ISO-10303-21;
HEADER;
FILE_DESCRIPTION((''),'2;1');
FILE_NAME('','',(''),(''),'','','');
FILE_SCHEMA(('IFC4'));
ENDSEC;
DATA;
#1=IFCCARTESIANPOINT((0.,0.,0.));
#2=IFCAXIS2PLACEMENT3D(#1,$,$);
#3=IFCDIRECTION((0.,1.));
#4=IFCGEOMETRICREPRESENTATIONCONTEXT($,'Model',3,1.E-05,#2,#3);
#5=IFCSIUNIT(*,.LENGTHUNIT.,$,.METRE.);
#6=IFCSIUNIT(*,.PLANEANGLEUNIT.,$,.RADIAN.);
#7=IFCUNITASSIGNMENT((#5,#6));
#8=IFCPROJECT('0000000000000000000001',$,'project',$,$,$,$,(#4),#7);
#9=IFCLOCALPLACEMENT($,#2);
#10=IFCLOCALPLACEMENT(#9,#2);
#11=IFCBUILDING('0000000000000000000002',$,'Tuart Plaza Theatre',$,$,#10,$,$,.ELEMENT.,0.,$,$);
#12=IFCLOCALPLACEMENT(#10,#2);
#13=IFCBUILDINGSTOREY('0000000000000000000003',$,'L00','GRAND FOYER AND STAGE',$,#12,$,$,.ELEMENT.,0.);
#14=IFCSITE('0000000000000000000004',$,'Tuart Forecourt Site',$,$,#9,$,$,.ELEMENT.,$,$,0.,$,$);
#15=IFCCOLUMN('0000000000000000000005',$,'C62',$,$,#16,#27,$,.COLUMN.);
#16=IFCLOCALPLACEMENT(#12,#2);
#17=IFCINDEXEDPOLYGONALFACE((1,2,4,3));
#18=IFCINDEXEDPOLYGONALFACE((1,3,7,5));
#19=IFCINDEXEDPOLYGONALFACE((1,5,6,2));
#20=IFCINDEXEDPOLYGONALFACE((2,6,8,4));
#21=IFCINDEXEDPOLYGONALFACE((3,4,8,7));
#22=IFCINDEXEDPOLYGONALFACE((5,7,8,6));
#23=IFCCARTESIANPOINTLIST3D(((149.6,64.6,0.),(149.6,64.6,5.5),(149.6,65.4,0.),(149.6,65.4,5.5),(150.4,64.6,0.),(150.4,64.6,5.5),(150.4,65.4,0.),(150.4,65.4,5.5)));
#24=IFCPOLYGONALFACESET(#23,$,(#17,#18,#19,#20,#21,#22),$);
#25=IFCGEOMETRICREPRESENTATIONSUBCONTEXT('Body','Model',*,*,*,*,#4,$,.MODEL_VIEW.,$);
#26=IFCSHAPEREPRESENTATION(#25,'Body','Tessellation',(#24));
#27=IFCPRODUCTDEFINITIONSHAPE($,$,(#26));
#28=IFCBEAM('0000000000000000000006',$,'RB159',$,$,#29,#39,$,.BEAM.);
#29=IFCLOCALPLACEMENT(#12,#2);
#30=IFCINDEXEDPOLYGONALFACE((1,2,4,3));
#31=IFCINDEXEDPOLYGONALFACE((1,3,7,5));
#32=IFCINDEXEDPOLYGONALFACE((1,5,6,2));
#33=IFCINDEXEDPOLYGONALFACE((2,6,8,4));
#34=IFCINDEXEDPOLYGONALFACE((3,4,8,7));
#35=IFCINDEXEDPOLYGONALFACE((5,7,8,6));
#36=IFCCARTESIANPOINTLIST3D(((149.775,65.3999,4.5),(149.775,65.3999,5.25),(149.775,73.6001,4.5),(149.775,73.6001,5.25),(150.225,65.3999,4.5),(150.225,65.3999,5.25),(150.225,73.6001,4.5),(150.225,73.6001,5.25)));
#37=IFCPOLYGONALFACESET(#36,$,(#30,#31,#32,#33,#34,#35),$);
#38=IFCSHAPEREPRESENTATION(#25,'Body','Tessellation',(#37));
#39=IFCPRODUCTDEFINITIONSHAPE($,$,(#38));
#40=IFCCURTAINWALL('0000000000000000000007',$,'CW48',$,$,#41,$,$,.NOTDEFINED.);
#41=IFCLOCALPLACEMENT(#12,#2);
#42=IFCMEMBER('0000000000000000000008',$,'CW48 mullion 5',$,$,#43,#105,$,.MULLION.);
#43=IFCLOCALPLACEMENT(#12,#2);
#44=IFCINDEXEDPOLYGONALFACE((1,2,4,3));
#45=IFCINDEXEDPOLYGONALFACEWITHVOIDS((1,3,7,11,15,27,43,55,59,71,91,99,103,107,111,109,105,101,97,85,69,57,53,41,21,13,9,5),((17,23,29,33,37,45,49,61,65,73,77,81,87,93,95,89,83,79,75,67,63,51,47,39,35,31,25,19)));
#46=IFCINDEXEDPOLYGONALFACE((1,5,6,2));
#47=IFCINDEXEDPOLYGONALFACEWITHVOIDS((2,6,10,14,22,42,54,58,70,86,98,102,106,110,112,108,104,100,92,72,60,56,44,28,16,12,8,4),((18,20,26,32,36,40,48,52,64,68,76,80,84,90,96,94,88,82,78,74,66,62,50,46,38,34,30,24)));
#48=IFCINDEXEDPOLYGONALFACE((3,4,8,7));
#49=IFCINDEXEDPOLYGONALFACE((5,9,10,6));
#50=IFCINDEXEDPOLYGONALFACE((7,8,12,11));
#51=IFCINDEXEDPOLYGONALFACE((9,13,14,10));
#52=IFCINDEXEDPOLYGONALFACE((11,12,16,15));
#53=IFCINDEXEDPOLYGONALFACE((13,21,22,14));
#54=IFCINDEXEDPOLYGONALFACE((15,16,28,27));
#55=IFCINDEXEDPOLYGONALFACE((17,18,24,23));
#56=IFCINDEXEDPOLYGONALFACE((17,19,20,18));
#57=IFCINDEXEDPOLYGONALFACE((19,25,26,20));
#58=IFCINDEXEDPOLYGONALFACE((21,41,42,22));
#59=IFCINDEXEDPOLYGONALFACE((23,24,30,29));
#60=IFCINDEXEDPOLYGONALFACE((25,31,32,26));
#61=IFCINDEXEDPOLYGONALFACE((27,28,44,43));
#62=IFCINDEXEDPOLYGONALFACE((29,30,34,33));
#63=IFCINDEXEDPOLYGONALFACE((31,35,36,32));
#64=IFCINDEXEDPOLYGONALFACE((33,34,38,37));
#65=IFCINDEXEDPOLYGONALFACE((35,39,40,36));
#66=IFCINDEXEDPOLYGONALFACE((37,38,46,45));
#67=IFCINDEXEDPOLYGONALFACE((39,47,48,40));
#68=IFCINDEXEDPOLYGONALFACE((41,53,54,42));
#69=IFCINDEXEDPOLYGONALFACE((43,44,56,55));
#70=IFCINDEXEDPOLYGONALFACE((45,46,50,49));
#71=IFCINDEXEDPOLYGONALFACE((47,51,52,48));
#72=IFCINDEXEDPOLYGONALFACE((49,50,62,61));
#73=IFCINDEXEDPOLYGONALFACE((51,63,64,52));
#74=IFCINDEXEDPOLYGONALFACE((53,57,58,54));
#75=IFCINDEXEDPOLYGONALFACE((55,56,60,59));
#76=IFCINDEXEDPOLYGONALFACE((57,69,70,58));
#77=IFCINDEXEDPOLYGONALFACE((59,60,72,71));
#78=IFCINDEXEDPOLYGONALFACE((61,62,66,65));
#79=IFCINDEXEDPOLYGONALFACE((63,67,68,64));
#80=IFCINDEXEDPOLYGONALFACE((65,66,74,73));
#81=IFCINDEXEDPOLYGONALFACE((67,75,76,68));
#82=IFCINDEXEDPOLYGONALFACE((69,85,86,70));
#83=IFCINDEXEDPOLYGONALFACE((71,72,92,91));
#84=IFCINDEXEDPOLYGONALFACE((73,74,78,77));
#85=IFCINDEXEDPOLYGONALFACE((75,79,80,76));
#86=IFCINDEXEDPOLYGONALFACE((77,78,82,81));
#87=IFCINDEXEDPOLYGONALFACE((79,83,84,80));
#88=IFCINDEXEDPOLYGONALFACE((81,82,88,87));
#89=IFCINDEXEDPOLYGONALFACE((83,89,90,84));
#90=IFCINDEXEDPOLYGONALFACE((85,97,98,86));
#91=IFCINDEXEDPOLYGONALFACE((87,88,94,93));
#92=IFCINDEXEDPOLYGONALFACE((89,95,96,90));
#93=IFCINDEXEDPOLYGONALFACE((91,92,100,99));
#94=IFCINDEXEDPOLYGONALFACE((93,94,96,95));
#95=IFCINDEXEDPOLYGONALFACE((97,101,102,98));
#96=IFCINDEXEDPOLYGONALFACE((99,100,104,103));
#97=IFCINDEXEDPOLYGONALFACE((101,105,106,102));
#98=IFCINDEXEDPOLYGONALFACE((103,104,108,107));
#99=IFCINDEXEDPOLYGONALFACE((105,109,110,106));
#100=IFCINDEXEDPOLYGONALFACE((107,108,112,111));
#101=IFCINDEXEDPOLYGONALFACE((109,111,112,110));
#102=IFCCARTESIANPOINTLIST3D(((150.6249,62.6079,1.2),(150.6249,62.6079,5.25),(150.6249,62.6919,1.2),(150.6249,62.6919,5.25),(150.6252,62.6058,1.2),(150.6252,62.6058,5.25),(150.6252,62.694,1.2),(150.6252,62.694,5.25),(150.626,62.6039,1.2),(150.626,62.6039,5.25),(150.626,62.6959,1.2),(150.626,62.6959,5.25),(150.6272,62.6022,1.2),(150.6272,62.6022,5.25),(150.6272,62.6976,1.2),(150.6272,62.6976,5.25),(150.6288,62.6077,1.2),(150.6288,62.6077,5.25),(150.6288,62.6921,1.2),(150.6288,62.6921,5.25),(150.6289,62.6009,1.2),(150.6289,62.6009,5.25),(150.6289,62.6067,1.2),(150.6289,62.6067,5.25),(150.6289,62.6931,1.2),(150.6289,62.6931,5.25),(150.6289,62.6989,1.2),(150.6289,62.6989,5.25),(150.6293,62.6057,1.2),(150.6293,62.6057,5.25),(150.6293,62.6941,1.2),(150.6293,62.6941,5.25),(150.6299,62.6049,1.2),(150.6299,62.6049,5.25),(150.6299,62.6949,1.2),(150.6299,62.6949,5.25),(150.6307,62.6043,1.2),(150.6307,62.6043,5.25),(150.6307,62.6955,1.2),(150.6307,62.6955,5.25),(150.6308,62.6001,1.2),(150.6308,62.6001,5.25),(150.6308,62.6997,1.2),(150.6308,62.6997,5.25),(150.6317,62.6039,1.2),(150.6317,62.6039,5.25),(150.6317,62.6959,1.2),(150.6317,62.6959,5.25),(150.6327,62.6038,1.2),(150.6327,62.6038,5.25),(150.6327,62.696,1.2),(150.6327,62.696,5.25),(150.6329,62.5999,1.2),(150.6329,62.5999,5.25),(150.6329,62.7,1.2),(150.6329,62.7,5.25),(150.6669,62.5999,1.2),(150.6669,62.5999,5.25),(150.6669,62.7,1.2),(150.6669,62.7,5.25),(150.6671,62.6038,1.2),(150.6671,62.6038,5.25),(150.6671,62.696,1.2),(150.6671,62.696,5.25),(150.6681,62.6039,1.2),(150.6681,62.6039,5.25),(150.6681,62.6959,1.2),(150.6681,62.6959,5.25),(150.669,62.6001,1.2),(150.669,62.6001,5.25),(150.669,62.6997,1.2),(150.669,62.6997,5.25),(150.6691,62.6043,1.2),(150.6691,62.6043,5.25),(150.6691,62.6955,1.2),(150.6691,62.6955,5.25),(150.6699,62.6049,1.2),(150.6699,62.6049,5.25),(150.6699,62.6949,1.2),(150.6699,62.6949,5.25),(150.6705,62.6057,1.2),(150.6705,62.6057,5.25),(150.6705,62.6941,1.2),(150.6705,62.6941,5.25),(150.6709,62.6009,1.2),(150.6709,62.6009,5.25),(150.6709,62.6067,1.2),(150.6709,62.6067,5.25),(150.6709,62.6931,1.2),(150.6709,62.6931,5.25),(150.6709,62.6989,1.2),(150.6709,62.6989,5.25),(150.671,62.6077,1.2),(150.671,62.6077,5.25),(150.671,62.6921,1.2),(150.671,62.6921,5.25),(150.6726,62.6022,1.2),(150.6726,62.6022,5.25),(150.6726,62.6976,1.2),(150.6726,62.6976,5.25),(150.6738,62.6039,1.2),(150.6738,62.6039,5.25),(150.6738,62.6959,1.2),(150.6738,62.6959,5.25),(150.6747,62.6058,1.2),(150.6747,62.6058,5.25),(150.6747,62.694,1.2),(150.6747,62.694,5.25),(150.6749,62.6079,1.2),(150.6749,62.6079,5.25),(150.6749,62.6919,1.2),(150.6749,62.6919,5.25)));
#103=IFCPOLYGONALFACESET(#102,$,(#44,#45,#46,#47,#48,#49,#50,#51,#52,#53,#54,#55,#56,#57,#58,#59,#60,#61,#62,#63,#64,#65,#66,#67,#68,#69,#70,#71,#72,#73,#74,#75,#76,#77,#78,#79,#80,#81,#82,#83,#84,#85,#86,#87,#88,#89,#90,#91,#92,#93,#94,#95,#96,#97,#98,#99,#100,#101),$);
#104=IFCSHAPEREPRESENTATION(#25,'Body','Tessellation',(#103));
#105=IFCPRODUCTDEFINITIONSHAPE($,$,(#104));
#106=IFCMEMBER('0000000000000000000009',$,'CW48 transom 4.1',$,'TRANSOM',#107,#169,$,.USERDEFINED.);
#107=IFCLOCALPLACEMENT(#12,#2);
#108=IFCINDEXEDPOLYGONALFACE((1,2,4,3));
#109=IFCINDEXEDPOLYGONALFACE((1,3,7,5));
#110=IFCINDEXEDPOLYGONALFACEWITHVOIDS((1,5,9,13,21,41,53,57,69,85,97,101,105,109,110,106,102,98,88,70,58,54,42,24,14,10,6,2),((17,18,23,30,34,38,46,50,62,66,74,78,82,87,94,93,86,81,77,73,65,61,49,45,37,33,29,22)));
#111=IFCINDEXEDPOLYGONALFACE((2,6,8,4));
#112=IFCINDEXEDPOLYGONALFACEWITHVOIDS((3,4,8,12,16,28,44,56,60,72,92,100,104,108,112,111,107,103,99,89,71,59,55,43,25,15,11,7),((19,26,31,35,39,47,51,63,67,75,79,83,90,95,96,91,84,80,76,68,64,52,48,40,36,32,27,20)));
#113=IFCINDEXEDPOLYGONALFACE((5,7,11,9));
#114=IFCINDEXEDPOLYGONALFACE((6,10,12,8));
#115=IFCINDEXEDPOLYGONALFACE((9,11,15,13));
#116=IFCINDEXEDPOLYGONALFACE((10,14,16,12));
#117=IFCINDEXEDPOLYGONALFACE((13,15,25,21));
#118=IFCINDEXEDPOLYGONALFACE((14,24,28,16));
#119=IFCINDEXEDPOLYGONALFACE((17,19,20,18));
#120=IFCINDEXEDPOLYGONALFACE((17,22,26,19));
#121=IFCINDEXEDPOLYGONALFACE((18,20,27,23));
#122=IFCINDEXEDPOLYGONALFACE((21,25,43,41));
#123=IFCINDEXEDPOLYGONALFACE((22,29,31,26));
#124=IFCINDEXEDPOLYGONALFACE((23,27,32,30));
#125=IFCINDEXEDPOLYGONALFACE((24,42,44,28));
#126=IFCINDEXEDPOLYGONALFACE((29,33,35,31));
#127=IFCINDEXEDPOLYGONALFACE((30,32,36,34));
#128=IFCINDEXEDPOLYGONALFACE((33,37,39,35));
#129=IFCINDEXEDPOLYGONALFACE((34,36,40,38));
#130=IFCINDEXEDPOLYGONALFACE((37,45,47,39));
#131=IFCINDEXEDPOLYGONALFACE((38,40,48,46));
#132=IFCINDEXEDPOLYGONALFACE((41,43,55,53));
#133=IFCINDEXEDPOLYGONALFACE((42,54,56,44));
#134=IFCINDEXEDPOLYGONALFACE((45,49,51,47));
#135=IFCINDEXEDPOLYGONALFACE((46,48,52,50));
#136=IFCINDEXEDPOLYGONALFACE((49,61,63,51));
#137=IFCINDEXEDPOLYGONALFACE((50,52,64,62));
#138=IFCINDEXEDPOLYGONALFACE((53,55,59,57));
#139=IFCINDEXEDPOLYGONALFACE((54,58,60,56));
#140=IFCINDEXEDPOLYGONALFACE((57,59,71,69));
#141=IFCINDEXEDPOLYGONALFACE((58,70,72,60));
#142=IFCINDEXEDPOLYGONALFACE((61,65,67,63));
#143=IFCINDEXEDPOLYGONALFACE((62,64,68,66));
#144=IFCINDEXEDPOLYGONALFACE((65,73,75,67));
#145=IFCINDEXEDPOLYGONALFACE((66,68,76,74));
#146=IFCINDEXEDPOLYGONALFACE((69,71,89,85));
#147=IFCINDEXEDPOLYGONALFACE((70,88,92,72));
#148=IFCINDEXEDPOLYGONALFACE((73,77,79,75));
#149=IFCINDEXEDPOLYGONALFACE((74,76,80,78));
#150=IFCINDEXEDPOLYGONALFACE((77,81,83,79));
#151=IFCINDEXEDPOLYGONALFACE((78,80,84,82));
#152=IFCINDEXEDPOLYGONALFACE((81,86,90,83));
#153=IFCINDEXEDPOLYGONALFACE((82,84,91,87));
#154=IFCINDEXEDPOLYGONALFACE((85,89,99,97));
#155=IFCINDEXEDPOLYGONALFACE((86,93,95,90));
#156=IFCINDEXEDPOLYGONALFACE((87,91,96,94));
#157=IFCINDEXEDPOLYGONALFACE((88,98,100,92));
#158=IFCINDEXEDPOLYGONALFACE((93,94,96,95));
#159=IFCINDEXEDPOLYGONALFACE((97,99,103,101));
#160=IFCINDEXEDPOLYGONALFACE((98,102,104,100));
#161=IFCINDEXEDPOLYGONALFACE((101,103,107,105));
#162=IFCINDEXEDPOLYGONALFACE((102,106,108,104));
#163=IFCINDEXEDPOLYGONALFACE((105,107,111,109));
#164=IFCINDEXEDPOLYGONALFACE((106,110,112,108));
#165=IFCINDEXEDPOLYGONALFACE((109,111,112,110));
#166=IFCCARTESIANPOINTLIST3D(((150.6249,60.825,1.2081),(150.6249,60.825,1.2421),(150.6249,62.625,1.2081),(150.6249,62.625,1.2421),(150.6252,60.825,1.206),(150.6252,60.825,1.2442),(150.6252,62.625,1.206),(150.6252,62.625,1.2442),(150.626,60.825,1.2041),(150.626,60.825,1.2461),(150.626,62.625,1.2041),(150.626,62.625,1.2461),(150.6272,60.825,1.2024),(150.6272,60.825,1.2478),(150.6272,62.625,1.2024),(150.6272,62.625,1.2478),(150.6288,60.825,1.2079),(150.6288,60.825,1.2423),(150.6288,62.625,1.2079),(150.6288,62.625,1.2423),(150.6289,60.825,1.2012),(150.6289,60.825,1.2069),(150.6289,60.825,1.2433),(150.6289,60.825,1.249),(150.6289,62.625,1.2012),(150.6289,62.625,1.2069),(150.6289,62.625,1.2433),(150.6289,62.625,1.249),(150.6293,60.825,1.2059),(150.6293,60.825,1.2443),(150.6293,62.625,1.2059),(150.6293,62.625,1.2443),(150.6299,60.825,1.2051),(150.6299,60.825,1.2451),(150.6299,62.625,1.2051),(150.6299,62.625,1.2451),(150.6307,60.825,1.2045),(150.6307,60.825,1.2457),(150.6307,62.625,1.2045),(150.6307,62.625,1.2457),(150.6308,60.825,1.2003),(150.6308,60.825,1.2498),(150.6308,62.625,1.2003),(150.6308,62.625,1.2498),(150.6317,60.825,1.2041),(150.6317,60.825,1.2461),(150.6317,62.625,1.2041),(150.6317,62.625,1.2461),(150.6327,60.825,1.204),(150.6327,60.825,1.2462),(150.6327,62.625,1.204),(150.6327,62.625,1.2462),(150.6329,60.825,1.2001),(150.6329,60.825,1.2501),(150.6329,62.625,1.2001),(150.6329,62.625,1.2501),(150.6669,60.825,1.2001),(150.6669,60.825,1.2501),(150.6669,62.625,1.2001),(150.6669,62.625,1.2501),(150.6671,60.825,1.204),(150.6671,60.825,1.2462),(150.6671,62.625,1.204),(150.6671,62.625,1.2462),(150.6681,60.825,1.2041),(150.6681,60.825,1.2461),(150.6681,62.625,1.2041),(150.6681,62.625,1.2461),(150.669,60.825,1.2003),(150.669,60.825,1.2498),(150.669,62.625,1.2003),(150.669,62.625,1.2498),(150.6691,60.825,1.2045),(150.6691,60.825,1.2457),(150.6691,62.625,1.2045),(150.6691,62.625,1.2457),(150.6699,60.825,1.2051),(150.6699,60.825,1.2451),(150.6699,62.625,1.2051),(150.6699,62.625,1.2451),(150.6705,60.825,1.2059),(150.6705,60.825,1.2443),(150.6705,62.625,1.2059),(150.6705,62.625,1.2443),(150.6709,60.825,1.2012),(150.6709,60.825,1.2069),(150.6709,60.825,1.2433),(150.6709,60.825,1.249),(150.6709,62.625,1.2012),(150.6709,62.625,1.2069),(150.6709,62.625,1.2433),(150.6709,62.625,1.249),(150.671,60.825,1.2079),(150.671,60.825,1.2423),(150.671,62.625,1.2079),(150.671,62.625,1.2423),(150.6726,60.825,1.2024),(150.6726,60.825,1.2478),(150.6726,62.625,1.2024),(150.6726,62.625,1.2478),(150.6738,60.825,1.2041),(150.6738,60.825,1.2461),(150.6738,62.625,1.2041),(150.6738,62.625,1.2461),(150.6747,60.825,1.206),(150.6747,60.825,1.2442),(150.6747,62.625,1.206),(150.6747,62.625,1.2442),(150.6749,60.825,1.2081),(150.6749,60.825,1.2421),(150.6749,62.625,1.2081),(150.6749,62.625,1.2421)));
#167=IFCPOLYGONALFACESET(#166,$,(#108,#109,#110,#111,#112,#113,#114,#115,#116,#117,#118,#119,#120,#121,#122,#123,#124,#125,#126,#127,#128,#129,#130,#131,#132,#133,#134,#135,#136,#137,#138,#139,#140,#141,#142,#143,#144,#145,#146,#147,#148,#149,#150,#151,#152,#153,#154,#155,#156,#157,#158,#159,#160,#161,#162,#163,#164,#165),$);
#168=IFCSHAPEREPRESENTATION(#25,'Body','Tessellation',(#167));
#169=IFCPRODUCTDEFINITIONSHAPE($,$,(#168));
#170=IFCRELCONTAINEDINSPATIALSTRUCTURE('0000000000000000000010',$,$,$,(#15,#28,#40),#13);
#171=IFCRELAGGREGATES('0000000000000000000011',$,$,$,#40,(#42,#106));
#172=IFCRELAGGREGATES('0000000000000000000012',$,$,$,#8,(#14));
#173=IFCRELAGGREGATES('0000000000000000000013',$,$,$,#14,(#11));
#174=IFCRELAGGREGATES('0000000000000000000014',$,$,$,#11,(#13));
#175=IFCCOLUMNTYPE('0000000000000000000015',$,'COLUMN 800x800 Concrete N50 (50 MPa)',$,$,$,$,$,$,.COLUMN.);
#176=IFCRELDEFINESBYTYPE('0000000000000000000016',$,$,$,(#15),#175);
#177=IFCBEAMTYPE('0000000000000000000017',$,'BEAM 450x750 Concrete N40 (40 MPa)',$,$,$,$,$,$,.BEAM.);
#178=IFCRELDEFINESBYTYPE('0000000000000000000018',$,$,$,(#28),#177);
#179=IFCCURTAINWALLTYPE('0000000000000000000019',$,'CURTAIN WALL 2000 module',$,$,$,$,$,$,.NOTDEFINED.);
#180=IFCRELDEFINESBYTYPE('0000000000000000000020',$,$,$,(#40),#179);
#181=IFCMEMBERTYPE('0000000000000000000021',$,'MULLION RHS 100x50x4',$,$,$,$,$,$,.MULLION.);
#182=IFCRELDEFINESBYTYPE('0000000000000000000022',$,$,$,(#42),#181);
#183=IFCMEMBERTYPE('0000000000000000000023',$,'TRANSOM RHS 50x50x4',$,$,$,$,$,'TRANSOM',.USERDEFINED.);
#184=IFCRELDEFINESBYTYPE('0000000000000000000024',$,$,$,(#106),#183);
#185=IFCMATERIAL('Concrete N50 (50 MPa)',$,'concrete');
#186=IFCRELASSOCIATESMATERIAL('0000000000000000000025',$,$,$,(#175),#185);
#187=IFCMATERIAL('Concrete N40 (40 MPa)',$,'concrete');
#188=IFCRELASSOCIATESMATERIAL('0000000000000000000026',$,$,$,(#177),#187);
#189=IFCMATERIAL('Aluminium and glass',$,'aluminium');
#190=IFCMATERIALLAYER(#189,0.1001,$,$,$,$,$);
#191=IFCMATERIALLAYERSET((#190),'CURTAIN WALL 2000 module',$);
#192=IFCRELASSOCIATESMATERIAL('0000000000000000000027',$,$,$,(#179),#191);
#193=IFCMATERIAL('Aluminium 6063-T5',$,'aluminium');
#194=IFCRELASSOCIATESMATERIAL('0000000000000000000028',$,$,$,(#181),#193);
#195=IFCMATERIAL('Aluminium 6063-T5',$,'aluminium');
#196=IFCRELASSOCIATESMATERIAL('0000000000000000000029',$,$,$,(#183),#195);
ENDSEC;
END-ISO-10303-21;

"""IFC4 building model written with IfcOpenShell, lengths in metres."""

from ifc_helpers import new_model, si_unit, direction, frame, origin, origin_2d, place, context, subcontext, project, spatial, rectangle, hollow_rectangle, extrude, material, layer, layer_set, material_profile, profile_set, type_object, element, aggregate, save


model = new_model("IFC4")

# Units and contexts
model_context = context("Model", 3, precision=1e-05, world=origin(), true_north=direction((0.0, 1.0)))
body_context = subcontext(model_context, "Body", "Model", "MODEL_VIEW")
ifc_project = project(units=[si_unit("LENGTHUNIT", "METRE"), si_unit("PLANEANGLEUNIT", "RADIAN")], contexts=[model_context])

# Site, building, storey
site_placement = place(None, origin())
site = spatial("IfcSite", under=ifc_project, at=site_placement, Name="Tuart Forecourt Site", CompositionType="ELEMENT", RefElevation=0.0)
building_placement = place(site_placement, origin())
building = spatial("IfcBuilding", under=site, at=building_placement, Name="Tuart Plaza Theatre", CompositionType="ELEMENT", ElevationOfRefHeight=0.0)
storey_placement = place(building_placement, origin())
storey = spatial("IfcBuildingStorey", under=building, at=storey_placement, Name="L00", Description="GRAND FOYER AND STAGE", CompositionType="ELEMENT", Elevation=0.0)

# Column
ifc_material_1 = material(Name="Concrete N50 (50 MPa)", Category="concrete")
ifc_material_profile_1 = material_profile(ifc_material_1, rectangle(XDim=0.8, YDim=0.8, at=origin_2d()), Name="COLUMN 800x800 Concrete N50 (50 MPa)")
ifc_profile_set_1 = profile_set([ifc_material_profile_1], Name="Concrete N50 (50 MPa)")
column_type = type_object("IfcColumnType", Name="COLUMN 800x800 Concrete N50 (50 MPa)", PredefinedType="COLUMN", material=ifc_profile_set_1)
column_placement = place(storey_placement, frame((150.0, 65.0, 0.0), z_axis=(0.0, 0.0, 1.0), x_axis=(1.0, 0.0, 0.0)))
element("IfcColumn", 1, at=column_placement, inside=storey, type_object=column_type, Name="C62", PredefinedType="COLUMN", context=body_context, shape_type="SweptSolid", body=[
    extrude(rectangle(XDim=0.8, YDim=0.8, at=origin_2d()), origin(), (0.0, 0.0, 1.0), 5.5),
])

# Beam
ifc_material_2 = material(Name="Concrete N40 (40 MPa)", Category="concrete")
ifc_material_profile_2 = material_profile(ifc_material_2, rectangle(XDim=0.45, YDim=0.75, at=origin_2d()), Name="BEAM 450x750 Concrete N40 (40 MPa)")
ifc_profile_set_2 = profile_set([ifc_material_profile_2], Name="Concrete N40 (40 MPa)")
beam_type = type_object("IfcBeamType", Name="BEAM 450x750 Concrete N40 (40 MPa)", PredefinedType="BEAM", material=ifc_profile_set_2)
beam_placement = place(storey_placement, frame((150.0, 65.3999, 4.875), z_axis=(0.0, 1.0, 0.0), x_axis=(-1.0, 0.0, 0.0)))
element("IfcBeam", 2, at=beam_placement, inside=storey, type_object=beam_type, Name="RB159", PredefinedType="BEAM", context=body_context, shape_type="SweptSolid", body=[
    extrude(rectangle(XDim=0.45, YDim=0.75, at=origin_2d()), origin(), (0.0, 0.0, 1.0), 8.2002),
])

# Curtain wall, members
ifc_material_3 = material(Name="Aluminium and glass", Category="aluminium")
ifc_layer_1 = layer(ifc_material_3, 0.1001)
ifc_layer_set_1 = layer_set([ifc_layer_1], Name="CURTAIN WALL 2000 module")
curtain_wall_type = type_object("IfcCurtainWallType", Name="CURTAIN WALL 2000 module", PredefinedType="NOTDEFINED", material=ifc_layer_set_1)
curtain_wall_1_placement = place(storey_placement, origin())
curtain_wall_1 = element("IfcCurtainWall", 3, at=curtain_wall_1_placement, inside=storey, type_object=curtain_wall_type, Name="CW48", PredefinedType="NOTDEFINED")
ifc_material_4 = material(Name="Aluminium 6063-T5", Category="aluminium")
ifc_material_profile_3 = material_profile(ifc_material_4, hollow_rectangle(XDim=0.05, YDim=0.1001, WallThickness=0.0039, InnerFilletRadius=0.0039, OuterFilletRadius=0.0081, at=origin_2d()), Name="RHS 100x50x4")
ifc_profile_set_3 = profile_set([ifc_material_profile_3], Name="Aluminium 6063-T5")
member_type_1 = type_object("IfcMemberType", Name="MULLION RHS 100x50x4", PredefinedType="MULLION", material=ifc_profile_set_3)
member_1_placement = place(storey_placement, frame((150.6499, 62.6499, 1.2), z_axis=(0.0, 0.0, 1.0), x_axis=(-1.0, 0.0, 0.0)))
member_1 = element("IfcMember", 4, at=member_1_placement, type_object=member_type_1, Name="CW48 mullion 5", PredefinedType="MULLION", context=body_context, shape_type="SweptSolid", body=[
    extrude(hollow_rectangle(XDim=0.05, YDim=0.1001, WallThickness=0.0039, InnerFilletRadius=0.0039, OuterFilletRadius=0.0081, at=origin_2d()), origin(), (0.0, 0.0, 1.0), 4.05),
])
ifc_material_5 = material(Name="Aluminium 6063-T5", Category="aluminium")
ifc_material_profile_4 = material_profile(ifc_material_5, hollow_rectangle(XDim=0.05, YDim=0.05, WallThickness=0.0039, InnerFilletRadius=0.0039, OuterFilletRadius=0.0081, at=origin_2d()), Name="RHS 50x50x4")
ifc_profile_set_4 = profile_set([ifc_material_profile_4], Name="Aluminium 6063-T5")
member_type_2 = type_object("IfcMemberType", Name="TRANSOM RHS 50x50x4", ElementType="TRANSOM", PredefinedType="USERDEFINED", material=ifc_profile_set_4)
member_2_placement = place(storey_placement, frame((150.6499, 60.825, 1.2251), z_axis=(0.0, 1.0, 0.0), x_axis=(-1.0, 0.0, 0.0)))
member_2 = element("IfcMember", 5, at=member_2_placement, type_object=member_type_2, Name="CW48 transom 4.1", ObjectType="TRANSOM", PredefinedType="USERDEFINED", context=body_context, shape_type="SweptSolid", body=[
    extrude(hollow_rectangle(XDim=0.05, YDim=0.05, WallThickness=0.0039, InnerFilletRadius=0.0039, OuterFilletRadius=0.0081, at=origin_2d()), origin(), (0.0, 0.0, 1.0), 1.8),
])

aggregate(curtain_wall_1, [member_1, member_2])

save(model, "model.ifc")
